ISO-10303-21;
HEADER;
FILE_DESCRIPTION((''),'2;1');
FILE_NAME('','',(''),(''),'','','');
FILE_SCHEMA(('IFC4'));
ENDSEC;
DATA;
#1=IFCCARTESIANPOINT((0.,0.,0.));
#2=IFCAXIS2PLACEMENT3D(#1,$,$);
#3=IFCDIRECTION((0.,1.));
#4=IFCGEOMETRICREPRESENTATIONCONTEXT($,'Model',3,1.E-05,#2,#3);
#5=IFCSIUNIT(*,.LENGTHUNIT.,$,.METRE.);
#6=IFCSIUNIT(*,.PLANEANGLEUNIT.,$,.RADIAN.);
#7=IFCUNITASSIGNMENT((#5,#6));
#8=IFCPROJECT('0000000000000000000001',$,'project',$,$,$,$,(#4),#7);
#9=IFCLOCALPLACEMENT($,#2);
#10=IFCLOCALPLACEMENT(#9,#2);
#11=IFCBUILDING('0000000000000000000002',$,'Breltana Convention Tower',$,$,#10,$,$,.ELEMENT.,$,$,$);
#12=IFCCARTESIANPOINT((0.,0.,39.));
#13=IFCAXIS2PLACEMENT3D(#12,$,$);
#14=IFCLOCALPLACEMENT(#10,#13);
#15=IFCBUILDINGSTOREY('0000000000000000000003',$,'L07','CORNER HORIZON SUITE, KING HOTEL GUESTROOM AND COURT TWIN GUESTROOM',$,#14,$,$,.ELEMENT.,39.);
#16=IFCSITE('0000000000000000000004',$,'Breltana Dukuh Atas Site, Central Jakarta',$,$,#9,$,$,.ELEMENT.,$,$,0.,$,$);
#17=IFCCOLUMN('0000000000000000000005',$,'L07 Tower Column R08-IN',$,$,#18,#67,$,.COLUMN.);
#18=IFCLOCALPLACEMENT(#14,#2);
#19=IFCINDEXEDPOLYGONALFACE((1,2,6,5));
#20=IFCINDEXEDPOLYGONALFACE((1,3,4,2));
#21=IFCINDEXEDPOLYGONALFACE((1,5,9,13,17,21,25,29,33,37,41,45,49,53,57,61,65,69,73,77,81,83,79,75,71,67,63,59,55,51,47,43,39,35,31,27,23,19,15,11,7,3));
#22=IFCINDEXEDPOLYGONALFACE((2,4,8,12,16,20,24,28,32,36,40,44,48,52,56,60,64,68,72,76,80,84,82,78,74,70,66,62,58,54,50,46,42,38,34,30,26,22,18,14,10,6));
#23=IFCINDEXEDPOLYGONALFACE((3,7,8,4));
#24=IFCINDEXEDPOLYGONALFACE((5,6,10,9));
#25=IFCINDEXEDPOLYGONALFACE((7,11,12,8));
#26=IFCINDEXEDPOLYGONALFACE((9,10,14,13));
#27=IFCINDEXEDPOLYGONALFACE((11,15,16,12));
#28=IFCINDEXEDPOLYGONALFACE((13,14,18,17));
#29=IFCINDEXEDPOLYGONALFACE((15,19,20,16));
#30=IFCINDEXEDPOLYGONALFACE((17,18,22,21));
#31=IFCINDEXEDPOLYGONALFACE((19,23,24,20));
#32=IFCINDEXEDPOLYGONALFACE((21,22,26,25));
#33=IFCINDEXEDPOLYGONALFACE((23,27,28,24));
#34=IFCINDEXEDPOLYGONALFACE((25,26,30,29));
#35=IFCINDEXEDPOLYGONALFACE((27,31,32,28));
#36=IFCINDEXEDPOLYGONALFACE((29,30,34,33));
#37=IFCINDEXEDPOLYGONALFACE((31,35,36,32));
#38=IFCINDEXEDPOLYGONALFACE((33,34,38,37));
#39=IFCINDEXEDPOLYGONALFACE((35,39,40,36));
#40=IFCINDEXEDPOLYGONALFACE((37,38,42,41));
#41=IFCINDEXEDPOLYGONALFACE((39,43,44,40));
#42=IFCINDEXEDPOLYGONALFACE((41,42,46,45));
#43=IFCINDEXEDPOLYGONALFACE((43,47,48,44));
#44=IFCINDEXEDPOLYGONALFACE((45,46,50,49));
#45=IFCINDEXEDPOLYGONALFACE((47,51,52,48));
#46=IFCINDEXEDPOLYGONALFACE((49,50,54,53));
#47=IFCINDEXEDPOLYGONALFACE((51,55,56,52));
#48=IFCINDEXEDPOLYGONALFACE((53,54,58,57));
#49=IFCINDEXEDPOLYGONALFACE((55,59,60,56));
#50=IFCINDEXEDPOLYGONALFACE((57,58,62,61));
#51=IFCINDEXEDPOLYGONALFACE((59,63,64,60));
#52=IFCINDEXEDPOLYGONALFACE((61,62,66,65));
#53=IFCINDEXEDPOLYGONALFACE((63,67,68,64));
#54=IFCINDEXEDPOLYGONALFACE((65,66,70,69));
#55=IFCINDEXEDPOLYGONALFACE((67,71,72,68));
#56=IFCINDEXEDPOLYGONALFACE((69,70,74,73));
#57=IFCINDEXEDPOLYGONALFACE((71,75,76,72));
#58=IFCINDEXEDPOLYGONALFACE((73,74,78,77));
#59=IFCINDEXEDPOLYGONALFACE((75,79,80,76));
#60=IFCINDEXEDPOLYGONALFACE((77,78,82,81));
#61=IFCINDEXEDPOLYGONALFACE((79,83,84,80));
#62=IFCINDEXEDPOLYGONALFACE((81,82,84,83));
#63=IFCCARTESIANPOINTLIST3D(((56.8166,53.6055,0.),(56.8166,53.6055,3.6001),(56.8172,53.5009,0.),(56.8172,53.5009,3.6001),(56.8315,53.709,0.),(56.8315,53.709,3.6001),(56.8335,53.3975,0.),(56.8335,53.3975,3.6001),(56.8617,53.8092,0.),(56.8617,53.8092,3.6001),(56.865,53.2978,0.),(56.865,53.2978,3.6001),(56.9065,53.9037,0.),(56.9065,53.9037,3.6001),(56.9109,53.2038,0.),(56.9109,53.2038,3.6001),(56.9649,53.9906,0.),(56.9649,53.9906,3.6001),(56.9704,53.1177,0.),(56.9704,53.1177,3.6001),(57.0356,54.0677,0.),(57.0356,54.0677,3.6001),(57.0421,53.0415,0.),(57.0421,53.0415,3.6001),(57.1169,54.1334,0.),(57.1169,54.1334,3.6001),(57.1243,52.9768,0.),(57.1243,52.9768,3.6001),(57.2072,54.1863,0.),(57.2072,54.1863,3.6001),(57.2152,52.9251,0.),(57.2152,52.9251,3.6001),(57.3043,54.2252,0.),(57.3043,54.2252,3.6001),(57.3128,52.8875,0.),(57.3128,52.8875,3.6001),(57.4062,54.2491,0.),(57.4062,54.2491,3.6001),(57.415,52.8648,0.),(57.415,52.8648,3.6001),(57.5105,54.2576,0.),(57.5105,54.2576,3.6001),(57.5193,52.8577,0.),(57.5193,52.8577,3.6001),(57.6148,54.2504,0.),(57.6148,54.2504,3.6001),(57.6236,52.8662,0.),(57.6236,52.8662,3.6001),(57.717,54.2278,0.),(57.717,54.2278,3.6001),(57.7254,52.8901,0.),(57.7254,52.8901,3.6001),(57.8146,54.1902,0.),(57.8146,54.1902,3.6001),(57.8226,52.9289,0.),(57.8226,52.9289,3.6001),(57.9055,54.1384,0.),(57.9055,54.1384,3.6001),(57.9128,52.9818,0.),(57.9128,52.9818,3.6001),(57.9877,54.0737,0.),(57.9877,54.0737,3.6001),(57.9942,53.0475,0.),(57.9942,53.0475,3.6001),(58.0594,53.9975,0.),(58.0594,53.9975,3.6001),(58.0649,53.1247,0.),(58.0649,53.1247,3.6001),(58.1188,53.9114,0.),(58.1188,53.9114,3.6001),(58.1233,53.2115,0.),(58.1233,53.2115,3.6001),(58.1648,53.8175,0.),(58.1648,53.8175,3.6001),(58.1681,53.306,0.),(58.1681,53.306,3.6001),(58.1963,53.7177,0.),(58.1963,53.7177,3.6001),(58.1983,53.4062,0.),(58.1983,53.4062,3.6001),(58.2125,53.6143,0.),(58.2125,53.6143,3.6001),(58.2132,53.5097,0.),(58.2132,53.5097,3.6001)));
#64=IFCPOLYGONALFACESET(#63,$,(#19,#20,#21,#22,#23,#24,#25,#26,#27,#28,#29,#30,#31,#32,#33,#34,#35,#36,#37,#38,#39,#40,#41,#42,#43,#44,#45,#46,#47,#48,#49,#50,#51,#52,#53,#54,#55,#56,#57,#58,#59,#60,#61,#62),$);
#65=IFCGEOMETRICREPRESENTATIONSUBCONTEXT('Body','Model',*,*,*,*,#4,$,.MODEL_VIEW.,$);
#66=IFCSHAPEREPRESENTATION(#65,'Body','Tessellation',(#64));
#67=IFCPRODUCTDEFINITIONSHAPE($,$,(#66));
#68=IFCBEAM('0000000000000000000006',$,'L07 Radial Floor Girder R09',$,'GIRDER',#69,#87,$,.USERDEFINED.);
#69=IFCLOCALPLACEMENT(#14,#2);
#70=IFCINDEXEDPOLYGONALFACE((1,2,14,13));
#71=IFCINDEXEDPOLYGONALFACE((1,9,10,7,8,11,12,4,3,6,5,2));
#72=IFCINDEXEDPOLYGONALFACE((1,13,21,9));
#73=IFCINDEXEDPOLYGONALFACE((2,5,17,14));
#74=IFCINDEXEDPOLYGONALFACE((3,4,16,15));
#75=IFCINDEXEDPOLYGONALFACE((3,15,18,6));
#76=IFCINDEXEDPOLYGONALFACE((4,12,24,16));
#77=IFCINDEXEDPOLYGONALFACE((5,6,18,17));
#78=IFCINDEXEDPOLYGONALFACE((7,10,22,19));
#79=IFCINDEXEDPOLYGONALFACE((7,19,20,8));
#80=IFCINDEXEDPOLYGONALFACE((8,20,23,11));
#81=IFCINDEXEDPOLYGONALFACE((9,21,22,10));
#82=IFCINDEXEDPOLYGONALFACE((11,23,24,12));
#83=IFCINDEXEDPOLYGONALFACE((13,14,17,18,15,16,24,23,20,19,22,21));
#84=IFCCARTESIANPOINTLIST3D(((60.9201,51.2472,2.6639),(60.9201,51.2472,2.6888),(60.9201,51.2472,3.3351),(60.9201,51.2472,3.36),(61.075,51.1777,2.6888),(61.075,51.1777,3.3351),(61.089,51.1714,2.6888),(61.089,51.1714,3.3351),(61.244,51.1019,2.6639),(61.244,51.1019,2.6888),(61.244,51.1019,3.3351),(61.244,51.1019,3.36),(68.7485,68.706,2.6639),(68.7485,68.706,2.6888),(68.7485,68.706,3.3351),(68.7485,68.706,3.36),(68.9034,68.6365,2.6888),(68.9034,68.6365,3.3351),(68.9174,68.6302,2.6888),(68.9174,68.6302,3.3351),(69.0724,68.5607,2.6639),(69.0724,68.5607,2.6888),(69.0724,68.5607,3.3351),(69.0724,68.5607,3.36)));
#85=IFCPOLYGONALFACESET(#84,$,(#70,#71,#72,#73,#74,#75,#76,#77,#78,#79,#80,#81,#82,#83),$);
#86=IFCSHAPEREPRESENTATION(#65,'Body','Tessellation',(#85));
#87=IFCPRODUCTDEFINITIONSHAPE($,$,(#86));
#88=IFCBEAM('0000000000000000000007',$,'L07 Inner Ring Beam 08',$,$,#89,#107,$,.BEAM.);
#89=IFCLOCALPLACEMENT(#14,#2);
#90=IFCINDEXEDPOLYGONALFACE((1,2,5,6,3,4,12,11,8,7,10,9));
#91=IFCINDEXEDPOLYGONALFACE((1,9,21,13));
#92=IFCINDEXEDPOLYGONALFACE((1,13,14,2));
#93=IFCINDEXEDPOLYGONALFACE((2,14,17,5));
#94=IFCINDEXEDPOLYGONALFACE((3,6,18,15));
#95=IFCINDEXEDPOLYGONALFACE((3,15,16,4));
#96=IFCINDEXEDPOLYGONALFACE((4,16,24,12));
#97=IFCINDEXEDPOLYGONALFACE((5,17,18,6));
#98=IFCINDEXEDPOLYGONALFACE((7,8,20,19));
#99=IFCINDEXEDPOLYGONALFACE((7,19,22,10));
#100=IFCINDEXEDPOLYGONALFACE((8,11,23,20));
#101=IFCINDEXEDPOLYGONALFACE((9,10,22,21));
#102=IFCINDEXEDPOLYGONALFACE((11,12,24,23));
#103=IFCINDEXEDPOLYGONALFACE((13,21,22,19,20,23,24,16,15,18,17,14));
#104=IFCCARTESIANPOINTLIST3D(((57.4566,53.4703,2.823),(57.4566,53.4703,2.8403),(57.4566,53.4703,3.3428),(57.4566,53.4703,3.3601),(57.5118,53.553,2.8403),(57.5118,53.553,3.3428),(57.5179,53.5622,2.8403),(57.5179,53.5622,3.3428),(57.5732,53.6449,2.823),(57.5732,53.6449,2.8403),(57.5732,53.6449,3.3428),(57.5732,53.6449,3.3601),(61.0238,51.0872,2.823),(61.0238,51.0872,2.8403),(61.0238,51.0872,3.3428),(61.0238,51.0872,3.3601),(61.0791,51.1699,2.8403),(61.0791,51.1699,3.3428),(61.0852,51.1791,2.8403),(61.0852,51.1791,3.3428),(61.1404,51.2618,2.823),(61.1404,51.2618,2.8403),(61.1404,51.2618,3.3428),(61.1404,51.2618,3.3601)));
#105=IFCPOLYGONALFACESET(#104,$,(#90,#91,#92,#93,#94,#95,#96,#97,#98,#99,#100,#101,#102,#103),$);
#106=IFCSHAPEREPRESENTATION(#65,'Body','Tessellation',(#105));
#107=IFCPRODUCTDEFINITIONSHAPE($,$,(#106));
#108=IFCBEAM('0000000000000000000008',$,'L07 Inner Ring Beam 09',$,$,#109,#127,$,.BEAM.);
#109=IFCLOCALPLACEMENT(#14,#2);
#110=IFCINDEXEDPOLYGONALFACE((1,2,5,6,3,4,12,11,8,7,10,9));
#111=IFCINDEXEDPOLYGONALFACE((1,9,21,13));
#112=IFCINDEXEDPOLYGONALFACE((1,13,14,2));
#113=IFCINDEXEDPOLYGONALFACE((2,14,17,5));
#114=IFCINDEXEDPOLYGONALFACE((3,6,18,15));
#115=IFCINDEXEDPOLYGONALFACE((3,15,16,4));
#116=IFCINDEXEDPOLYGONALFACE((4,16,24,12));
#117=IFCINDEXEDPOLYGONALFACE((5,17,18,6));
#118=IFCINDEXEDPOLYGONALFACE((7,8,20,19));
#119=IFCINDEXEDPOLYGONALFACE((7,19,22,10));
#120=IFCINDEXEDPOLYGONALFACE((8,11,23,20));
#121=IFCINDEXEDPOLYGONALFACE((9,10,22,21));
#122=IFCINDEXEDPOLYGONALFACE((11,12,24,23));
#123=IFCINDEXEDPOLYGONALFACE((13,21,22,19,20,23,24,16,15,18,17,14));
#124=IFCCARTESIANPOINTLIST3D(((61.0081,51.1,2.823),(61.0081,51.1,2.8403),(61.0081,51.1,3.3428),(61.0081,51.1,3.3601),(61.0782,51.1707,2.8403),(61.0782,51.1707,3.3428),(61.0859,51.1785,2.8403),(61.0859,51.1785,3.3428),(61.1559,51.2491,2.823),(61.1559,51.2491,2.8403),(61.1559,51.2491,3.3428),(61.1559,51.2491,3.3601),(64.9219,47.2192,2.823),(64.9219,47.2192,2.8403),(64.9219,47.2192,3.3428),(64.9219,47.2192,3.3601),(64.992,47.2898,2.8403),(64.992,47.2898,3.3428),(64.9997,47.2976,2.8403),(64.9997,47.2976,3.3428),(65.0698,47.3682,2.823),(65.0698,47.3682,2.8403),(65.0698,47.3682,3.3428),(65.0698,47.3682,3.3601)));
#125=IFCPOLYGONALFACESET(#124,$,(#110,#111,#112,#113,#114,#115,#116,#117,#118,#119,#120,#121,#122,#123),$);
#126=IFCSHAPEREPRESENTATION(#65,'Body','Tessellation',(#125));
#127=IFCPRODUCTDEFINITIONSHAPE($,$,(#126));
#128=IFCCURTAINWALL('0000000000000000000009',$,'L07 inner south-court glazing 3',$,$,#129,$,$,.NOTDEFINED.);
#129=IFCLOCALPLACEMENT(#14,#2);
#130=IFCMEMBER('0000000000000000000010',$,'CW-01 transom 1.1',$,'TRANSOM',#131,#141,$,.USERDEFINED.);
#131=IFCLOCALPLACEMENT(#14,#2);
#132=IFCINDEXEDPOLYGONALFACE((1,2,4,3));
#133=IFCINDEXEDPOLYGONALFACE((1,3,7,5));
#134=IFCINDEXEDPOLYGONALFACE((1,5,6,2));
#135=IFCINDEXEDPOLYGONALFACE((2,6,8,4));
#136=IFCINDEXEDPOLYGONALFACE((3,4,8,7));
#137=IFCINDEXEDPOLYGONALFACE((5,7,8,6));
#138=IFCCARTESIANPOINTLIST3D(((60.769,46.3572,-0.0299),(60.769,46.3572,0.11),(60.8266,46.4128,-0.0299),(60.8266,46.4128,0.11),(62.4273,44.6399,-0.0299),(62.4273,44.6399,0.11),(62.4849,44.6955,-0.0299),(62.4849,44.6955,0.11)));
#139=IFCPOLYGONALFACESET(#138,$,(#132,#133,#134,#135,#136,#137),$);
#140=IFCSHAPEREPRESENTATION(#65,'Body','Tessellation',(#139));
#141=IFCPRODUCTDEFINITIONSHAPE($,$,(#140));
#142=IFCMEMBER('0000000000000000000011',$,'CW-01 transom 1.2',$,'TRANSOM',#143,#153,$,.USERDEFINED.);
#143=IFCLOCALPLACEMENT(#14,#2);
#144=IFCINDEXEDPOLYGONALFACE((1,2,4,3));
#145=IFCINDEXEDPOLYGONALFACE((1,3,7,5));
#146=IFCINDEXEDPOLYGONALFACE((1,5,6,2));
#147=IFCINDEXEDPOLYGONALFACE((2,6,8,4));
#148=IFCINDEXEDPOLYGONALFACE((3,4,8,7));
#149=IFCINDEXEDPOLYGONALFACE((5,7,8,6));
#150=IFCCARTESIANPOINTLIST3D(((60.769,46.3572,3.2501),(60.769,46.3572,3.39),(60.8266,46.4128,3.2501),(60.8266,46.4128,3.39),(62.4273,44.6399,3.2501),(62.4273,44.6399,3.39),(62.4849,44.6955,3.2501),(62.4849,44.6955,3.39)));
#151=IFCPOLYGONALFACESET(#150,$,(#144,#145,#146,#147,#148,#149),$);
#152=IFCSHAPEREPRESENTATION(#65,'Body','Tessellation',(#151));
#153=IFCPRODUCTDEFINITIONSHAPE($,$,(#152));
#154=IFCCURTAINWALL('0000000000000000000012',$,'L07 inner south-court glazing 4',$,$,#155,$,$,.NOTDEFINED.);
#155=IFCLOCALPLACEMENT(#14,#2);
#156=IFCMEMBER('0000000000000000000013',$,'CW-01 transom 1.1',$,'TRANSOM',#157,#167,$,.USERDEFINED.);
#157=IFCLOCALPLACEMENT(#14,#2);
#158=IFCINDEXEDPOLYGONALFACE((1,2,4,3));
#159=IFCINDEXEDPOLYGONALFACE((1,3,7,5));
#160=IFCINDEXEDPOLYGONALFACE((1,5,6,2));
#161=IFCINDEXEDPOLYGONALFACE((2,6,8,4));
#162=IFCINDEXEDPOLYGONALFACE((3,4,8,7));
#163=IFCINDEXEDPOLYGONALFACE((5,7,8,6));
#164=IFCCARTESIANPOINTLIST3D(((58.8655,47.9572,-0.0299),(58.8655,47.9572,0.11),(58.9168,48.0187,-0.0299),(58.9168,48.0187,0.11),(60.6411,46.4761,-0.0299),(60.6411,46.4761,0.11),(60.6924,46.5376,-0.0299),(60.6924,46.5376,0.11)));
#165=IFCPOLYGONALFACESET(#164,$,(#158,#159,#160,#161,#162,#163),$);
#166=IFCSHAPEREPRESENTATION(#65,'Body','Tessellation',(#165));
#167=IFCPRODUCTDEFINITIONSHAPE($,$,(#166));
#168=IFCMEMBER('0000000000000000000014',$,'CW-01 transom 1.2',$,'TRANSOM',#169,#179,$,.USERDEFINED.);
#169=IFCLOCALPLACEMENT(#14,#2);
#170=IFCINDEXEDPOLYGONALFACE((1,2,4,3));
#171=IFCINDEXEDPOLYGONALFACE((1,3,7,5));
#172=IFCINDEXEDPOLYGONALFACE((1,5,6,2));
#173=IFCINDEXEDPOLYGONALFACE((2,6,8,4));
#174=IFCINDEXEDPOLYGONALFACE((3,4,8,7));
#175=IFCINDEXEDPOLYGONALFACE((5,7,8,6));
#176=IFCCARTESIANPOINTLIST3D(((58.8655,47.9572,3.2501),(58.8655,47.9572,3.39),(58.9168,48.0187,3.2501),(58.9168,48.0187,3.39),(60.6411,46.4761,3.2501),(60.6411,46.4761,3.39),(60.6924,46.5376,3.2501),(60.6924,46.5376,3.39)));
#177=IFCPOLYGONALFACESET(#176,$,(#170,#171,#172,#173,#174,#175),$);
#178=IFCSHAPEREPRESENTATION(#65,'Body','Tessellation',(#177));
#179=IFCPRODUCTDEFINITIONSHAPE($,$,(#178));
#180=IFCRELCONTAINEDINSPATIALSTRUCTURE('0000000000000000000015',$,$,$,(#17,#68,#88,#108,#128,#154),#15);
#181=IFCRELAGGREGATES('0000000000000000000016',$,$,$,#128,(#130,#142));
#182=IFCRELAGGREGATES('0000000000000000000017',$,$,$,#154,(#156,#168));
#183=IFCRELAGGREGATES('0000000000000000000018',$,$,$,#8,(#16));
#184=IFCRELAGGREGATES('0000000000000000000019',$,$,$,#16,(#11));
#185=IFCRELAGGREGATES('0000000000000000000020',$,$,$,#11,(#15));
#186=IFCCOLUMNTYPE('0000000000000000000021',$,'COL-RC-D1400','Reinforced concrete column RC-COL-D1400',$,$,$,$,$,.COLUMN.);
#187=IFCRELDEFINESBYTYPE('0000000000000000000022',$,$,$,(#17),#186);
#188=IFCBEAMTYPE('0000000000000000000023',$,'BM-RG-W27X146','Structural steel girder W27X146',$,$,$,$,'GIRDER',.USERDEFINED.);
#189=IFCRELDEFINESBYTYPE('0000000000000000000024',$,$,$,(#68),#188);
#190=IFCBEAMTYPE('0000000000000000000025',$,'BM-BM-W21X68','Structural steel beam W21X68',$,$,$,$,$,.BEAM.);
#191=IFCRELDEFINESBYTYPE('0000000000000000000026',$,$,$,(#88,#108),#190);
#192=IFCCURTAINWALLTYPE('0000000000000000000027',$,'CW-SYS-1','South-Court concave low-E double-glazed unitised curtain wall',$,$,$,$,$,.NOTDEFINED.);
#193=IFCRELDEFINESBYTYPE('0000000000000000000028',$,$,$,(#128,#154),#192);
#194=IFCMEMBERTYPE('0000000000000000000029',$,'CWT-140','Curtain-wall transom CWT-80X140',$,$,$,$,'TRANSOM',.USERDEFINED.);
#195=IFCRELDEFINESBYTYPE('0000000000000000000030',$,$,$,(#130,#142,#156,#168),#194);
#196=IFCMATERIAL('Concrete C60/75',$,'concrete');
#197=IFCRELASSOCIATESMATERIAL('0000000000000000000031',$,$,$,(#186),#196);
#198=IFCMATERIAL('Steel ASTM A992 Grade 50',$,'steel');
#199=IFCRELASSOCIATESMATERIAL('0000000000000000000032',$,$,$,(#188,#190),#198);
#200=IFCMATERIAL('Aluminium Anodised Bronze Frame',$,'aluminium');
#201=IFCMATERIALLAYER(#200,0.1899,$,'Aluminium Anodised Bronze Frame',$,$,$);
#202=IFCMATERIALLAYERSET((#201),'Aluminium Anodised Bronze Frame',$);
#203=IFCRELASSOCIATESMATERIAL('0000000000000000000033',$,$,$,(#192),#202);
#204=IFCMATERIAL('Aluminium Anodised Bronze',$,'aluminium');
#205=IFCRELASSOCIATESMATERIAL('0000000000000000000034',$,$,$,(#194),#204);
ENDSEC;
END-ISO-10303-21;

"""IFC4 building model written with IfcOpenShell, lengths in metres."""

from ifc_helpers import new_model, si_unit, direction, frame, origin, origin_2d, place, context, subcontext, project, spatial, rectangle, circle, i_section, extrude, source, transform, mapped, material, layer, layer_set, material_profile, profile_set, type_object, type_shapes, element, aggregate, save


model = new_model("IFC4")

# Units and contexts
model_context = context("Model", 3, precision=1e-05, world=origin(), true_north=direction((0.0, 1.0)))
body_context = subcontext(model_context, "Body", "Model", "MODEL_VIEW")
ifc_project = project(units=[si_unit("LENGTHUNIT", "METRE"), si_unit("PLANEANGLEUNIT", "RADIAN")], contexts=[model_context])

# Site, building, storey
site_placement = place(None, origin())
site = spatial("IfcSite", under=ifc_project, at=site_placement, Name="Breltana Dukuh Atas Site, Central Jakarta", CompositionType="ELEMENT", RefElevation=0.0)
building_placement = place(site_placement, origin())
building = spatial("IfcBuilding", under=site, at=building_placement, Name="Breltana Convention Tower", CompositionType="ELEMENT")
storey_placement = place(building_placement, frame((0.0, 0.0, 39.0)))
storey = spatial("IfcBuildingStorey", under=building, at=storey_placement, Name="L07", Description="CORNER HORIZON SUITE, KING HOTEL GUESTROOM AND COURT TWIN GUESTROOM", CompositionType="ELEMENT", Elevation=39.0)

# Column
ifc_material_1 = material(Name="Concrete C60/75", Category="concrete")
ifc_material_profile_1 = material_profile(ifc_material_1, circle(Radius=0.7, at=origin_2d()), Name="RC-COL-D1400")
ifc_profile_set_1 = profile_set([ifc_material_profile_1], Name="Concrete C60/75")
column_type = type_object("IfcColumnType", Name="COL-RC-D1400", Description="Reinforced concrete column RC-COL-D1400", PredefinedType="COLUMN", material=ifc_profile_set_1)
shared_shape_1 = source(origin(), body_context, "Body", "SweptSolid", [
    extrude(circle(Radius=0.7, at=origin_2d()), origin(), (0.0, 0.0, 1.0), 3.6001),
])
for number, where, z_axis, x_axis, name in (
    (1, (57.5149, 53.5576, 0.0), (0.0, 0.0, 1.0), (0.288698, 0.95742, 0.0), "L07 Tower Column R08-IN"),
):
    element("IfcColumn", number, at=place(storey_placement, frame(where, z_axis=z_axis, x_axis=x_axis)), inside=storey, type_object=column_type, Name=name, PredefinedType="COLUMN", context=body_context, shape_type="MappedRepresentation", body=[
        mapped(shared_shape_1, transform((0.0, 0.0, 0.0), scale=1.0)),
    ])

# Beams
ifc_material_2 = material(Name="Steel ASTM A992 Grade 50", Category="steel")
ifc_material_profile_2 = material_profile(ifc_material_2, i_section(OverallWidth=0.355, OverallDepth=0.696, WebThickness=0.0154, FlangeThickness=0.0249, at=origin_2d()), Name="W27X146")
ifc_profile_set_2 = profile_set([ifc_material_profile_2], Name="Steel ASTM A992 Grade 50")
beam_type_1 = type_object("IfcBeamType", Name="BM-RG-W27X146", Description="Structural steel girder W27X146", ElementType="GIRDER", PredefinedType="USERDEFINED", material=ifc_profile_set_2)
shared_shape_2 = source(origin(), body_context, "Body", "SweptSolid", [
    extrude(i_section(OverallWidth=0.355, OverallDepth=0.696, WebThickness=0.0154, FlangeThickness=0.0249, at=origin_2d()), origin(), (0.0, 0.0, 1.0), 19.1335),
])
beam_1_placement = place(storey_placement, frame((61.082, 51.1746, 3.012), z_axis=(0.409145, 0.91247, 0.0), x_axis=(-0.91247, 0.409145, 0.0)))
element("IfcBeam", 2, at=beam_1_placement, inside=storey, type_object=beam_type_1, Name="L07 Radial Floor Girder R09", ObjectType="GIRDER", PredefinedType="USERDEFINED", context=body_context, shape_type="MappedRepresentation", body=[
    mapped(shared_shape_2, transform((0.0, 0.0, 0.0), scale=1.0)),
])
ifc_material_profile_3 = material_profile(ifc_material_2, i_section(OverallWidth=0.21, OverallDepth=0.5371, WebThickness=0.011, FlangeThickness=0.0173, at=origin_2d()), Name="W21X68")
ifc_profile_set_3 = profile_set([ifc_material_profile_3], Name="Steel ASTM A992 Grade 50")
beam_type_2 = type_object("IfcBeamType", Name="BM-BM-W21X68", Description="Structural steel beam W21X68", PredefinedType="BEAM", material=ifc_profile_set_3)
shared_shape_3 = source(origin(), body_context, "Body", "SweptSolid", [
    extrude(i_section(OverallWidth=0.21, OverallDepth=0.5371, WebThickness=0.011, FlangeThickness=0.0173, at=origin_2d()), origin(), (0.0, 0.0, 1.0), 4.29),
])
beam_2_placement = place(storey_placement, frame((57.5149, 53.5576, 3.0916), z_axis=(0.831516, -0.555501, 0.0), x_axis=(0.555501, 0.831516, 0.0)))
element("IfcBeam", 3, at=beam_2_placement, inside=storey, type_object=beam_type_2, Name="L07 Inner Ring Beam 08", PredefinedType="BEAM", context=body_context, shape_type="MappedRepresentation", body=[
    mapped(shared_shape_3, transform((0.0, 0.0, 0.0), scale=1.0)),
])
shared_shape_4 = source(origin(), body_context, "Body", "SweptSolid", [
    extrude(i_section(OverallWidth=0.21, OverallDepth=0.5371, WebThickness=0.011, FlangeThickness=0.0173, at=origin_2d()), origin(), (0.0, 0.0, 1.0), 5.5117),
])
beam_3_placement = place(storey_placement, frame((61.082, 51.1746, 3.0916), z_axis=(0.71009, -0.704111, 0.0), x_axis=(0.704111, 0.71009, 0.0)))
element("IfcBeam", 4, at=beam_3_placement, inside=storey, type_object=beam_type_2, Name="L07 Inner Ring Beam 09", PredefinedType="BEAM", context=body_context, shape_type="MappedRepresentation", body=[
    mapped(shared_shape_4, transform((0.0, 0.0, 0.0), scale=1.0)),
])

# Curtain walls, members
ifc_material_3 = material(Name="Aluminium Anodised Bronze Frame", Category="aluminium")
ifc_layer_1 = layer(ifc_material_3, 0.1899, Name="Aluminium Anodised Bronze Frame")
ifc_layer_set_1 = layer_set([ifc_layer_1], Name="Aluminium Anodised Bronze Frame")
curtain_wall_type = type_object("IfcCurtainWallType", Name="CW-SYS-1", Description="South-Court concave low-E double-glazed unitised curtain wall", PredefinedType="NOTDEFINED", material=ifc_layer_set_1)
curtain_wall_1_placement = place(storey_placement, origin())
curtain_wall_1 = element("IfcCurtainWall", 5, at=curtain_wall_1_placement, inside=storey, type_object=curtain_wall_type, Name="L07 inner south-court glazing 3", PredefinedType="NOTDEFINED")
ifc_material_4 = material(Name="Aluminium Anodised Bronze", Category="aluminium")
ifc_material_profile_4 = material_profile(ifc_material_4, rectangle(XDim=0.0801, YDim=0.1399, at=origin_2d()), Name="CWT-80X140")
ifc_profile_set_4 = profile_set([ifc_material_profile_4], Name="Aluminium Anodised Bronze")
member_type_1 = type_object("IfcMemberType", Name="CWT-140", Description="Curtain-wall transom CWT-80X140", ElementType="TRANSOM", PredefinedType="USERDEFINED", material=ifc_profile_set_4)
shared_shape_5 = source(origin(), body_context, "Body", "SweptSolid", [
    extrude(rectangle(XDim=0.0801, YDim=0.1399, at=origin_2d()), origin(), (0.0, 0.0, 1.0), 2.3872),
])
type_shapes(member_type_1, [shared_shape_5])
member_1_placement = place(storey_placement, frame((62.4561, 44.6677, 0.04), z_axis=(-0.694624, 0.719373, 0.0), x_axis=(-0.719373, -0.694624, 0.0)))
member_1 = element("IfcMember", 6, at=member_1_placement, type_object=member_type_1, Name="CW-01 transom 1.1", ObjectType="TRANSOM", PredefinedType="USERDEFINED", context=body_context, shape_type="MappedRepresentation", body=[
    mapped(shared_shape_5, transform((0.0, 0.0, 0.0), scale=1.0)),
])
member_2_placement = place(storey_placement, frame((62.4561, 44.6677, 3.3201), z_axis=(-0.694624, 0.719373, 0.0), x_axis=(-0.719373, -0.694624, 0.0)))
member_2 = element("IfcMember", 7, at=member_2_placement, type_object=member_type_1, Name="CW-01 transom 1.2", ObjectType="TRANSOM", PredefinedType="USERDEFINED", context=body_context, shape_type="MappedRepresentation", body=[
    mapped(shared_shape_5, transform((0.0, 0.0, 0.0), scale=1.0)),
])
curtain_wall_2_placement = place(storey_placement, origin())
curtain_wall_2 = element("IfcCurtainWall", 8, at=curtain_wall_2_placement, inside=storey, type_object=curtain_wall_type, Name="L07 inner south-court glazing 4", PredefinedType="NOTDEFINED")
shared_shape_6 = source(origin(), body_context, "Body", "SweptSolid", [
    extrude(rectangle(XDim=0.0801, YDim=0.1399, at=origin_2d()), origin(), (0.0, 0.0, 1.0), 2.3123),
])
member_3_placement = place(storey_placement, frame((60.6667, 46.5068, 0.04), z_axis=(-0.767901, 0.640569, 0.0), x_axis=(-0.640569, -0.767901, 0.0)))
member_3 = element("IfcMember", 9, at=member_3_placement, type_object=member_type_1, Name="CW-01 transom 1.1", ObjectType="TRANSOM", PredefinedType="USERDEFINED", context=body_context, shape_type="MappedRepresentation", body=[
    mapped(shared_shape_6, transform((0.0, 0.0, 0.0), scale=1.0)),
])
member_4_placement = place(storey_placement, frame((60.6667, 46.5068, 3.3201), z_axis=(-0.767901, 0.640569, 0.0), x_axis=(-0.640569, -0.767901, 0.0)))
member_4 = element("IfcMember", 10, at=member_4_placement, type_object=member_type_1, Name="CW-01 transom 1.2", ObjectType="TRANSOM", PredefinedType="USERDEFINED", context=body_context, shape_type="MappedRepresentation", body=[
    mapped(shared_shape_6, transform((0.0, 0.0, 0.0), scale=1.0)),
])

aggregate(curtain_wall_1, [member_1, member_2])
aggregate(curtain_wall_2, [member_3, member_4])

save(model, "model.ifc")
